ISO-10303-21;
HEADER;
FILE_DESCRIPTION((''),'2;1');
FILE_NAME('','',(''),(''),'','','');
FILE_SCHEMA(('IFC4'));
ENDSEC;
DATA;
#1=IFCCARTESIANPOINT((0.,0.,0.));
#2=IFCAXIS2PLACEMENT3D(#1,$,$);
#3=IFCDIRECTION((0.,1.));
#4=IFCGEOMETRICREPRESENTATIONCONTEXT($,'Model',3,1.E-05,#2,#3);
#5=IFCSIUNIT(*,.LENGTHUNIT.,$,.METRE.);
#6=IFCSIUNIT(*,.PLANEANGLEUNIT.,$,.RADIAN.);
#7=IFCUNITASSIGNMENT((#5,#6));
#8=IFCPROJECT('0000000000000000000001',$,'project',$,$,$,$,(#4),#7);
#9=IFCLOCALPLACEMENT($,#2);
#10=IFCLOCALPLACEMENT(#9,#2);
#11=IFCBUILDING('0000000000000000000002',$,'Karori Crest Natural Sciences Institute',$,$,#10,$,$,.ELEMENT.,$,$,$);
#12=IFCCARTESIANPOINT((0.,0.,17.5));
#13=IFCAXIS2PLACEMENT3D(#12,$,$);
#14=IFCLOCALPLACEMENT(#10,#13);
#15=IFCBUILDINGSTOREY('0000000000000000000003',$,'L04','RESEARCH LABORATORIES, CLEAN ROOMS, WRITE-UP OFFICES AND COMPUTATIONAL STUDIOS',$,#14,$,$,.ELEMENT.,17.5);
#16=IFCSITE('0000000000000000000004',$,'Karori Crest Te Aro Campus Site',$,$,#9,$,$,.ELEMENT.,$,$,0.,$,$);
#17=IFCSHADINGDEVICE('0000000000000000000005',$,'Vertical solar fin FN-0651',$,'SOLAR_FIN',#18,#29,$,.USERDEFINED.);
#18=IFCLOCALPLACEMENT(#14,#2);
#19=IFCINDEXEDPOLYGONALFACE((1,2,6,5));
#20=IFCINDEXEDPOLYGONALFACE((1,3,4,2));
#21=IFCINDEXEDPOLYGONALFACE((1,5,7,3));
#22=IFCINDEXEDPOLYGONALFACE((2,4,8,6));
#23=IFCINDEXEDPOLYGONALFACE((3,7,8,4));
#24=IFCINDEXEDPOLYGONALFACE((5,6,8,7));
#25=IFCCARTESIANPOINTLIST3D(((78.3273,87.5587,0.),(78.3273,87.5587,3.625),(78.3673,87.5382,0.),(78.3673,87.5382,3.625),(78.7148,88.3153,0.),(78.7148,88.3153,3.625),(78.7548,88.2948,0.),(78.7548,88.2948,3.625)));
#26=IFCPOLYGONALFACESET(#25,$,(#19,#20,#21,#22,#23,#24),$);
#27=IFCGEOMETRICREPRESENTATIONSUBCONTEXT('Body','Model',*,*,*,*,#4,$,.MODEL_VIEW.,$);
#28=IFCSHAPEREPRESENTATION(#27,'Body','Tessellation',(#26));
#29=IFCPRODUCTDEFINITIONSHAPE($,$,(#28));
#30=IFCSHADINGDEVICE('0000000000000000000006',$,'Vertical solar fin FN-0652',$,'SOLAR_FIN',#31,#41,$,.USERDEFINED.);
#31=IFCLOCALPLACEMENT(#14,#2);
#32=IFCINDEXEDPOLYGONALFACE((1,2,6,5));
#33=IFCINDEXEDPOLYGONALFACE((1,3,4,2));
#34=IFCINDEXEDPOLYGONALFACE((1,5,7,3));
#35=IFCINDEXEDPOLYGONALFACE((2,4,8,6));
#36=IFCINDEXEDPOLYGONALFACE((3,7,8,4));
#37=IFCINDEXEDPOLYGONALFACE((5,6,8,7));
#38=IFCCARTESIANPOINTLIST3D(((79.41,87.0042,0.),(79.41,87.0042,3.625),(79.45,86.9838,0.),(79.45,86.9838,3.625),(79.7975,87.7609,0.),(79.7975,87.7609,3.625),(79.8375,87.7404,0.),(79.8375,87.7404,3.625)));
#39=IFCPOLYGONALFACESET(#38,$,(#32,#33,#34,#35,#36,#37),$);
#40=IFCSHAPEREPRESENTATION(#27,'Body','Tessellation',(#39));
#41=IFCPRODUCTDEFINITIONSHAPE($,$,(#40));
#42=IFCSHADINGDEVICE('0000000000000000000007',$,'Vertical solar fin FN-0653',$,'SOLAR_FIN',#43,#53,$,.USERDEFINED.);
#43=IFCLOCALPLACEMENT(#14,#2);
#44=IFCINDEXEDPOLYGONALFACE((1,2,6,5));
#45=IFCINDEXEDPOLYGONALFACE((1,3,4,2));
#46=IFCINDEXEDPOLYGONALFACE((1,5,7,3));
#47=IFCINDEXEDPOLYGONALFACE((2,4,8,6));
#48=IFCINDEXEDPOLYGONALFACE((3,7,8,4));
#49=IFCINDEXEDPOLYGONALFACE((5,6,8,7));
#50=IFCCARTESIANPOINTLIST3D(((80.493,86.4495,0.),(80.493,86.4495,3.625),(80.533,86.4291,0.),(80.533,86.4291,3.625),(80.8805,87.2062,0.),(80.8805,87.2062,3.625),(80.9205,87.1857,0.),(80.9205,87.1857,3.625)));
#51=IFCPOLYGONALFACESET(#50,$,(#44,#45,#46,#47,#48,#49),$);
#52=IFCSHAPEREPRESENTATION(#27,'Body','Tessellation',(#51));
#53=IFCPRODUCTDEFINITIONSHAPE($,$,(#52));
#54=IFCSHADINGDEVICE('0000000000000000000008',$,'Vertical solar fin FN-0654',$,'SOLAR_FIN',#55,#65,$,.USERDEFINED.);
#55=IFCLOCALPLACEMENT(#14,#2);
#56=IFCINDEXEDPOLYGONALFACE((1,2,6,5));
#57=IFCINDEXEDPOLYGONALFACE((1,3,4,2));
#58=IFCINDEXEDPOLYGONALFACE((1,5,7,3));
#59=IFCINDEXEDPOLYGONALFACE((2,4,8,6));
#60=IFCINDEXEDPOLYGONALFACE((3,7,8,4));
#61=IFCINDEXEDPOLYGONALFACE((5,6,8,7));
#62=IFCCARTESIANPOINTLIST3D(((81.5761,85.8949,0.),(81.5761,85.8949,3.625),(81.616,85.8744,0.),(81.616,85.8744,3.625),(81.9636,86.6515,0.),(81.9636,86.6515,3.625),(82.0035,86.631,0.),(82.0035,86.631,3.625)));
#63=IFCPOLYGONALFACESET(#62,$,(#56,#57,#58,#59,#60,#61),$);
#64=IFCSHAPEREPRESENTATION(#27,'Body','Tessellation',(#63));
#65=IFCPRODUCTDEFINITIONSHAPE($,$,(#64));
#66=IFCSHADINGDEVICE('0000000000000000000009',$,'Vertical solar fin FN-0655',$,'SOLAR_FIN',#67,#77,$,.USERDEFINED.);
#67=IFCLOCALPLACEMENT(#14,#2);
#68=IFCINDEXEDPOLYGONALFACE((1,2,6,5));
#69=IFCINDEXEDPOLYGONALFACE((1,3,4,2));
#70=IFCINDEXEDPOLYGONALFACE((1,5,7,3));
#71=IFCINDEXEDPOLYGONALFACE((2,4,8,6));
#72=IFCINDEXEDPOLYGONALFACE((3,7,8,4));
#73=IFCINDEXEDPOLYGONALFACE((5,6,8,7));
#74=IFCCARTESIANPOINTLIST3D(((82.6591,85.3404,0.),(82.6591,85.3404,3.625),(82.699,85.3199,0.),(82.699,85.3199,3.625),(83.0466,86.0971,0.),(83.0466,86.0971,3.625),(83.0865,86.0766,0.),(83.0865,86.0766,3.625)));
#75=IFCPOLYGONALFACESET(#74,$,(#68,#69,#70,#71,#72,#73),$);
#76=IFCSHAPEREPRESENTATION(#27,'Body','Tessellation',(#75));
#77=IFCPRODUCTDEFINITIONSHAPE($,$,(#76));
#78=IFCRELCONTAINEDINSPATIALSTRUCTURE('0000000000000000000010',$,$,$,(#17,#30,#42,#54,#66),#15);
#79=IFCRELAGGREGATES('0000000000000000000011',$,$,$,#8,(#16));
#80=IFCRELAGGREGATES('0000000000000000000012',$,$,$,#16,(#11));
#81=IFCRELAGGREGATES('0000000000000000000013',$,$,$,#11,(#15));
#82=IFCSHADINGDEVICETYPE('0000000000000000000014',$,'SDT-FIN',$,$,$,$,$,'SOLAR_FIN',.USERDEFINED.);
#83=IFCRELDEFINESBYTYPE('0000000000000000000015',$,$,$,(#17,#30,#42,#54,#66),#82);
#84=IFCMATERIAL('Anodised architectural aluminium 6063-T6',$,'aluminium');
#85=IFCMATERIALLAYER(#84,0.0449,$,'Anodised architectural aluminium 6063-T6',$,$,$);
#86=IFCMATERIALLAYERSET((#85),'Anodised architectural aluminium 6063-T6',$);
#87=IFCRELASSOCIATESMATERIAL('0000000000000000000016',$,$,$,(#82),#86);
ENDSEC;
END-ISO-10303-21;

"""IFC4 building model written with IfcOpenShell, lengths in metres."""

from ifc_helpers import new_model, si_unit, direction, frame, origin, origin_2d, place, context, subcontext, project, spatial, rectangle, extrude, material, layer, layer_set, type_object, element, save


model = new_model("IFC4")

# Units and contexts
model_context = context("Model", 3, precision=1e-05, world=origin(), true_north=direction((0.0, 1.0)))
body_context = subcontext(model_context, "Body", "Model", "MODEL_VIEW")
ifc_project = project(units=[si_unit("LENGTHUNIT", "METRE"), si_unit("PLANEANGLEUNIT", "RADIAN")], contexts=[model_context])

# Site, building, storey
site_placement = place(None, origin())
site = spatial("IfcSite", under=ifc_project, at=site_placement, Name="Karori Crest Te Aro Campus Site", CompositionType="ELEMENT", RefElevation=0.0)
building_placement = place(site_placement, origin())
building = spatial("IfcBuilding", under=site, at=building_placement, Name="Karori Crest Natural Sciences Institute", CompositionType="ELEMENT")
storey_placement = place(building_placement, frame((0.0, 0.0, 17.5)))
storey = spatial("IfcBuildingStorey", under=building, at=storey_placement, Name="L04", Description="RESEARCH LABORATORIES, CLEAN ROOMS, WRITE-UP OFFICES AND COMPUTATIONAL STUDIOS", CompositionType="ELEMENT", Elevation=17.5)

# Shared definitions
ifc_material_1 = material(Name="Anodised architectural aluminium 6063-T6", Category="aluminium")

# Shading devices
ifc_layer_1 = layer(ifc_material_1, 0.0449, Name="Anodised architectural aluminium 6063-T6")
ifc_layer_set_1 = layer_set([ifc_layer_1], Name="Anodised architectural aluminium 6063-T6")
shading_device_type = type_object("IfcShadingDeviceType", Name="SDT-FIN", ElementType="SOLAR_FIN", PredefinedType="USERDEFINED", material=ifc_layer_set_1)
for number, where, z_axis, x_axis, name in (
    (1, (78.541, 87.9268, 0.0), (0.0, 0.0, 1.0), (0.455829, 0.890067, 0.0), "Vertical solar fin FN-0651"),
    (2, (79.6238, 87.3723, 0.0), (0.0, 0.0, 1.0), (0.455829, 0.890067, 0.0), "Vertical solar fin FN-0652"),
    (3, (80.7068, 86.8176, 0.0), (0.0, 0.0, 1.0), (0.455829, 0.890067, 0.0), "Vertical solar fin FN-0653"),
    (4, (81.7898, 86.2629, 0.0), (0.0, 0.0, 1.0), (0.455829, 0.890067, 0.0), "Vertical solar fin FN-0654"),
    (5, (82.8728, 85.7085, 0.0), (0.0, 0.0, 1.0), (0.455829, 0.890067, 0.0), "Vertical solar fin FN-0655"),
):
    element("IfcShadingDevice", number, at=place(storey_placement, frame(where, z_axis=z_axis, x_axis=x_axis)), inside=storey, type_object=shading_device_type, Name=name, ObjectType="SOLAR_FIN", PredefinedType="USERDEFINED", context=body_context, shape_type="SweptSolid", body=[
        extrude(rectangle(XDim=0.8501, YDim=0.0449, at=origin_2d()), origin(), (0.0, 0.0, 1.0), 3.625),
    ])

save(model, "model.ifc")
